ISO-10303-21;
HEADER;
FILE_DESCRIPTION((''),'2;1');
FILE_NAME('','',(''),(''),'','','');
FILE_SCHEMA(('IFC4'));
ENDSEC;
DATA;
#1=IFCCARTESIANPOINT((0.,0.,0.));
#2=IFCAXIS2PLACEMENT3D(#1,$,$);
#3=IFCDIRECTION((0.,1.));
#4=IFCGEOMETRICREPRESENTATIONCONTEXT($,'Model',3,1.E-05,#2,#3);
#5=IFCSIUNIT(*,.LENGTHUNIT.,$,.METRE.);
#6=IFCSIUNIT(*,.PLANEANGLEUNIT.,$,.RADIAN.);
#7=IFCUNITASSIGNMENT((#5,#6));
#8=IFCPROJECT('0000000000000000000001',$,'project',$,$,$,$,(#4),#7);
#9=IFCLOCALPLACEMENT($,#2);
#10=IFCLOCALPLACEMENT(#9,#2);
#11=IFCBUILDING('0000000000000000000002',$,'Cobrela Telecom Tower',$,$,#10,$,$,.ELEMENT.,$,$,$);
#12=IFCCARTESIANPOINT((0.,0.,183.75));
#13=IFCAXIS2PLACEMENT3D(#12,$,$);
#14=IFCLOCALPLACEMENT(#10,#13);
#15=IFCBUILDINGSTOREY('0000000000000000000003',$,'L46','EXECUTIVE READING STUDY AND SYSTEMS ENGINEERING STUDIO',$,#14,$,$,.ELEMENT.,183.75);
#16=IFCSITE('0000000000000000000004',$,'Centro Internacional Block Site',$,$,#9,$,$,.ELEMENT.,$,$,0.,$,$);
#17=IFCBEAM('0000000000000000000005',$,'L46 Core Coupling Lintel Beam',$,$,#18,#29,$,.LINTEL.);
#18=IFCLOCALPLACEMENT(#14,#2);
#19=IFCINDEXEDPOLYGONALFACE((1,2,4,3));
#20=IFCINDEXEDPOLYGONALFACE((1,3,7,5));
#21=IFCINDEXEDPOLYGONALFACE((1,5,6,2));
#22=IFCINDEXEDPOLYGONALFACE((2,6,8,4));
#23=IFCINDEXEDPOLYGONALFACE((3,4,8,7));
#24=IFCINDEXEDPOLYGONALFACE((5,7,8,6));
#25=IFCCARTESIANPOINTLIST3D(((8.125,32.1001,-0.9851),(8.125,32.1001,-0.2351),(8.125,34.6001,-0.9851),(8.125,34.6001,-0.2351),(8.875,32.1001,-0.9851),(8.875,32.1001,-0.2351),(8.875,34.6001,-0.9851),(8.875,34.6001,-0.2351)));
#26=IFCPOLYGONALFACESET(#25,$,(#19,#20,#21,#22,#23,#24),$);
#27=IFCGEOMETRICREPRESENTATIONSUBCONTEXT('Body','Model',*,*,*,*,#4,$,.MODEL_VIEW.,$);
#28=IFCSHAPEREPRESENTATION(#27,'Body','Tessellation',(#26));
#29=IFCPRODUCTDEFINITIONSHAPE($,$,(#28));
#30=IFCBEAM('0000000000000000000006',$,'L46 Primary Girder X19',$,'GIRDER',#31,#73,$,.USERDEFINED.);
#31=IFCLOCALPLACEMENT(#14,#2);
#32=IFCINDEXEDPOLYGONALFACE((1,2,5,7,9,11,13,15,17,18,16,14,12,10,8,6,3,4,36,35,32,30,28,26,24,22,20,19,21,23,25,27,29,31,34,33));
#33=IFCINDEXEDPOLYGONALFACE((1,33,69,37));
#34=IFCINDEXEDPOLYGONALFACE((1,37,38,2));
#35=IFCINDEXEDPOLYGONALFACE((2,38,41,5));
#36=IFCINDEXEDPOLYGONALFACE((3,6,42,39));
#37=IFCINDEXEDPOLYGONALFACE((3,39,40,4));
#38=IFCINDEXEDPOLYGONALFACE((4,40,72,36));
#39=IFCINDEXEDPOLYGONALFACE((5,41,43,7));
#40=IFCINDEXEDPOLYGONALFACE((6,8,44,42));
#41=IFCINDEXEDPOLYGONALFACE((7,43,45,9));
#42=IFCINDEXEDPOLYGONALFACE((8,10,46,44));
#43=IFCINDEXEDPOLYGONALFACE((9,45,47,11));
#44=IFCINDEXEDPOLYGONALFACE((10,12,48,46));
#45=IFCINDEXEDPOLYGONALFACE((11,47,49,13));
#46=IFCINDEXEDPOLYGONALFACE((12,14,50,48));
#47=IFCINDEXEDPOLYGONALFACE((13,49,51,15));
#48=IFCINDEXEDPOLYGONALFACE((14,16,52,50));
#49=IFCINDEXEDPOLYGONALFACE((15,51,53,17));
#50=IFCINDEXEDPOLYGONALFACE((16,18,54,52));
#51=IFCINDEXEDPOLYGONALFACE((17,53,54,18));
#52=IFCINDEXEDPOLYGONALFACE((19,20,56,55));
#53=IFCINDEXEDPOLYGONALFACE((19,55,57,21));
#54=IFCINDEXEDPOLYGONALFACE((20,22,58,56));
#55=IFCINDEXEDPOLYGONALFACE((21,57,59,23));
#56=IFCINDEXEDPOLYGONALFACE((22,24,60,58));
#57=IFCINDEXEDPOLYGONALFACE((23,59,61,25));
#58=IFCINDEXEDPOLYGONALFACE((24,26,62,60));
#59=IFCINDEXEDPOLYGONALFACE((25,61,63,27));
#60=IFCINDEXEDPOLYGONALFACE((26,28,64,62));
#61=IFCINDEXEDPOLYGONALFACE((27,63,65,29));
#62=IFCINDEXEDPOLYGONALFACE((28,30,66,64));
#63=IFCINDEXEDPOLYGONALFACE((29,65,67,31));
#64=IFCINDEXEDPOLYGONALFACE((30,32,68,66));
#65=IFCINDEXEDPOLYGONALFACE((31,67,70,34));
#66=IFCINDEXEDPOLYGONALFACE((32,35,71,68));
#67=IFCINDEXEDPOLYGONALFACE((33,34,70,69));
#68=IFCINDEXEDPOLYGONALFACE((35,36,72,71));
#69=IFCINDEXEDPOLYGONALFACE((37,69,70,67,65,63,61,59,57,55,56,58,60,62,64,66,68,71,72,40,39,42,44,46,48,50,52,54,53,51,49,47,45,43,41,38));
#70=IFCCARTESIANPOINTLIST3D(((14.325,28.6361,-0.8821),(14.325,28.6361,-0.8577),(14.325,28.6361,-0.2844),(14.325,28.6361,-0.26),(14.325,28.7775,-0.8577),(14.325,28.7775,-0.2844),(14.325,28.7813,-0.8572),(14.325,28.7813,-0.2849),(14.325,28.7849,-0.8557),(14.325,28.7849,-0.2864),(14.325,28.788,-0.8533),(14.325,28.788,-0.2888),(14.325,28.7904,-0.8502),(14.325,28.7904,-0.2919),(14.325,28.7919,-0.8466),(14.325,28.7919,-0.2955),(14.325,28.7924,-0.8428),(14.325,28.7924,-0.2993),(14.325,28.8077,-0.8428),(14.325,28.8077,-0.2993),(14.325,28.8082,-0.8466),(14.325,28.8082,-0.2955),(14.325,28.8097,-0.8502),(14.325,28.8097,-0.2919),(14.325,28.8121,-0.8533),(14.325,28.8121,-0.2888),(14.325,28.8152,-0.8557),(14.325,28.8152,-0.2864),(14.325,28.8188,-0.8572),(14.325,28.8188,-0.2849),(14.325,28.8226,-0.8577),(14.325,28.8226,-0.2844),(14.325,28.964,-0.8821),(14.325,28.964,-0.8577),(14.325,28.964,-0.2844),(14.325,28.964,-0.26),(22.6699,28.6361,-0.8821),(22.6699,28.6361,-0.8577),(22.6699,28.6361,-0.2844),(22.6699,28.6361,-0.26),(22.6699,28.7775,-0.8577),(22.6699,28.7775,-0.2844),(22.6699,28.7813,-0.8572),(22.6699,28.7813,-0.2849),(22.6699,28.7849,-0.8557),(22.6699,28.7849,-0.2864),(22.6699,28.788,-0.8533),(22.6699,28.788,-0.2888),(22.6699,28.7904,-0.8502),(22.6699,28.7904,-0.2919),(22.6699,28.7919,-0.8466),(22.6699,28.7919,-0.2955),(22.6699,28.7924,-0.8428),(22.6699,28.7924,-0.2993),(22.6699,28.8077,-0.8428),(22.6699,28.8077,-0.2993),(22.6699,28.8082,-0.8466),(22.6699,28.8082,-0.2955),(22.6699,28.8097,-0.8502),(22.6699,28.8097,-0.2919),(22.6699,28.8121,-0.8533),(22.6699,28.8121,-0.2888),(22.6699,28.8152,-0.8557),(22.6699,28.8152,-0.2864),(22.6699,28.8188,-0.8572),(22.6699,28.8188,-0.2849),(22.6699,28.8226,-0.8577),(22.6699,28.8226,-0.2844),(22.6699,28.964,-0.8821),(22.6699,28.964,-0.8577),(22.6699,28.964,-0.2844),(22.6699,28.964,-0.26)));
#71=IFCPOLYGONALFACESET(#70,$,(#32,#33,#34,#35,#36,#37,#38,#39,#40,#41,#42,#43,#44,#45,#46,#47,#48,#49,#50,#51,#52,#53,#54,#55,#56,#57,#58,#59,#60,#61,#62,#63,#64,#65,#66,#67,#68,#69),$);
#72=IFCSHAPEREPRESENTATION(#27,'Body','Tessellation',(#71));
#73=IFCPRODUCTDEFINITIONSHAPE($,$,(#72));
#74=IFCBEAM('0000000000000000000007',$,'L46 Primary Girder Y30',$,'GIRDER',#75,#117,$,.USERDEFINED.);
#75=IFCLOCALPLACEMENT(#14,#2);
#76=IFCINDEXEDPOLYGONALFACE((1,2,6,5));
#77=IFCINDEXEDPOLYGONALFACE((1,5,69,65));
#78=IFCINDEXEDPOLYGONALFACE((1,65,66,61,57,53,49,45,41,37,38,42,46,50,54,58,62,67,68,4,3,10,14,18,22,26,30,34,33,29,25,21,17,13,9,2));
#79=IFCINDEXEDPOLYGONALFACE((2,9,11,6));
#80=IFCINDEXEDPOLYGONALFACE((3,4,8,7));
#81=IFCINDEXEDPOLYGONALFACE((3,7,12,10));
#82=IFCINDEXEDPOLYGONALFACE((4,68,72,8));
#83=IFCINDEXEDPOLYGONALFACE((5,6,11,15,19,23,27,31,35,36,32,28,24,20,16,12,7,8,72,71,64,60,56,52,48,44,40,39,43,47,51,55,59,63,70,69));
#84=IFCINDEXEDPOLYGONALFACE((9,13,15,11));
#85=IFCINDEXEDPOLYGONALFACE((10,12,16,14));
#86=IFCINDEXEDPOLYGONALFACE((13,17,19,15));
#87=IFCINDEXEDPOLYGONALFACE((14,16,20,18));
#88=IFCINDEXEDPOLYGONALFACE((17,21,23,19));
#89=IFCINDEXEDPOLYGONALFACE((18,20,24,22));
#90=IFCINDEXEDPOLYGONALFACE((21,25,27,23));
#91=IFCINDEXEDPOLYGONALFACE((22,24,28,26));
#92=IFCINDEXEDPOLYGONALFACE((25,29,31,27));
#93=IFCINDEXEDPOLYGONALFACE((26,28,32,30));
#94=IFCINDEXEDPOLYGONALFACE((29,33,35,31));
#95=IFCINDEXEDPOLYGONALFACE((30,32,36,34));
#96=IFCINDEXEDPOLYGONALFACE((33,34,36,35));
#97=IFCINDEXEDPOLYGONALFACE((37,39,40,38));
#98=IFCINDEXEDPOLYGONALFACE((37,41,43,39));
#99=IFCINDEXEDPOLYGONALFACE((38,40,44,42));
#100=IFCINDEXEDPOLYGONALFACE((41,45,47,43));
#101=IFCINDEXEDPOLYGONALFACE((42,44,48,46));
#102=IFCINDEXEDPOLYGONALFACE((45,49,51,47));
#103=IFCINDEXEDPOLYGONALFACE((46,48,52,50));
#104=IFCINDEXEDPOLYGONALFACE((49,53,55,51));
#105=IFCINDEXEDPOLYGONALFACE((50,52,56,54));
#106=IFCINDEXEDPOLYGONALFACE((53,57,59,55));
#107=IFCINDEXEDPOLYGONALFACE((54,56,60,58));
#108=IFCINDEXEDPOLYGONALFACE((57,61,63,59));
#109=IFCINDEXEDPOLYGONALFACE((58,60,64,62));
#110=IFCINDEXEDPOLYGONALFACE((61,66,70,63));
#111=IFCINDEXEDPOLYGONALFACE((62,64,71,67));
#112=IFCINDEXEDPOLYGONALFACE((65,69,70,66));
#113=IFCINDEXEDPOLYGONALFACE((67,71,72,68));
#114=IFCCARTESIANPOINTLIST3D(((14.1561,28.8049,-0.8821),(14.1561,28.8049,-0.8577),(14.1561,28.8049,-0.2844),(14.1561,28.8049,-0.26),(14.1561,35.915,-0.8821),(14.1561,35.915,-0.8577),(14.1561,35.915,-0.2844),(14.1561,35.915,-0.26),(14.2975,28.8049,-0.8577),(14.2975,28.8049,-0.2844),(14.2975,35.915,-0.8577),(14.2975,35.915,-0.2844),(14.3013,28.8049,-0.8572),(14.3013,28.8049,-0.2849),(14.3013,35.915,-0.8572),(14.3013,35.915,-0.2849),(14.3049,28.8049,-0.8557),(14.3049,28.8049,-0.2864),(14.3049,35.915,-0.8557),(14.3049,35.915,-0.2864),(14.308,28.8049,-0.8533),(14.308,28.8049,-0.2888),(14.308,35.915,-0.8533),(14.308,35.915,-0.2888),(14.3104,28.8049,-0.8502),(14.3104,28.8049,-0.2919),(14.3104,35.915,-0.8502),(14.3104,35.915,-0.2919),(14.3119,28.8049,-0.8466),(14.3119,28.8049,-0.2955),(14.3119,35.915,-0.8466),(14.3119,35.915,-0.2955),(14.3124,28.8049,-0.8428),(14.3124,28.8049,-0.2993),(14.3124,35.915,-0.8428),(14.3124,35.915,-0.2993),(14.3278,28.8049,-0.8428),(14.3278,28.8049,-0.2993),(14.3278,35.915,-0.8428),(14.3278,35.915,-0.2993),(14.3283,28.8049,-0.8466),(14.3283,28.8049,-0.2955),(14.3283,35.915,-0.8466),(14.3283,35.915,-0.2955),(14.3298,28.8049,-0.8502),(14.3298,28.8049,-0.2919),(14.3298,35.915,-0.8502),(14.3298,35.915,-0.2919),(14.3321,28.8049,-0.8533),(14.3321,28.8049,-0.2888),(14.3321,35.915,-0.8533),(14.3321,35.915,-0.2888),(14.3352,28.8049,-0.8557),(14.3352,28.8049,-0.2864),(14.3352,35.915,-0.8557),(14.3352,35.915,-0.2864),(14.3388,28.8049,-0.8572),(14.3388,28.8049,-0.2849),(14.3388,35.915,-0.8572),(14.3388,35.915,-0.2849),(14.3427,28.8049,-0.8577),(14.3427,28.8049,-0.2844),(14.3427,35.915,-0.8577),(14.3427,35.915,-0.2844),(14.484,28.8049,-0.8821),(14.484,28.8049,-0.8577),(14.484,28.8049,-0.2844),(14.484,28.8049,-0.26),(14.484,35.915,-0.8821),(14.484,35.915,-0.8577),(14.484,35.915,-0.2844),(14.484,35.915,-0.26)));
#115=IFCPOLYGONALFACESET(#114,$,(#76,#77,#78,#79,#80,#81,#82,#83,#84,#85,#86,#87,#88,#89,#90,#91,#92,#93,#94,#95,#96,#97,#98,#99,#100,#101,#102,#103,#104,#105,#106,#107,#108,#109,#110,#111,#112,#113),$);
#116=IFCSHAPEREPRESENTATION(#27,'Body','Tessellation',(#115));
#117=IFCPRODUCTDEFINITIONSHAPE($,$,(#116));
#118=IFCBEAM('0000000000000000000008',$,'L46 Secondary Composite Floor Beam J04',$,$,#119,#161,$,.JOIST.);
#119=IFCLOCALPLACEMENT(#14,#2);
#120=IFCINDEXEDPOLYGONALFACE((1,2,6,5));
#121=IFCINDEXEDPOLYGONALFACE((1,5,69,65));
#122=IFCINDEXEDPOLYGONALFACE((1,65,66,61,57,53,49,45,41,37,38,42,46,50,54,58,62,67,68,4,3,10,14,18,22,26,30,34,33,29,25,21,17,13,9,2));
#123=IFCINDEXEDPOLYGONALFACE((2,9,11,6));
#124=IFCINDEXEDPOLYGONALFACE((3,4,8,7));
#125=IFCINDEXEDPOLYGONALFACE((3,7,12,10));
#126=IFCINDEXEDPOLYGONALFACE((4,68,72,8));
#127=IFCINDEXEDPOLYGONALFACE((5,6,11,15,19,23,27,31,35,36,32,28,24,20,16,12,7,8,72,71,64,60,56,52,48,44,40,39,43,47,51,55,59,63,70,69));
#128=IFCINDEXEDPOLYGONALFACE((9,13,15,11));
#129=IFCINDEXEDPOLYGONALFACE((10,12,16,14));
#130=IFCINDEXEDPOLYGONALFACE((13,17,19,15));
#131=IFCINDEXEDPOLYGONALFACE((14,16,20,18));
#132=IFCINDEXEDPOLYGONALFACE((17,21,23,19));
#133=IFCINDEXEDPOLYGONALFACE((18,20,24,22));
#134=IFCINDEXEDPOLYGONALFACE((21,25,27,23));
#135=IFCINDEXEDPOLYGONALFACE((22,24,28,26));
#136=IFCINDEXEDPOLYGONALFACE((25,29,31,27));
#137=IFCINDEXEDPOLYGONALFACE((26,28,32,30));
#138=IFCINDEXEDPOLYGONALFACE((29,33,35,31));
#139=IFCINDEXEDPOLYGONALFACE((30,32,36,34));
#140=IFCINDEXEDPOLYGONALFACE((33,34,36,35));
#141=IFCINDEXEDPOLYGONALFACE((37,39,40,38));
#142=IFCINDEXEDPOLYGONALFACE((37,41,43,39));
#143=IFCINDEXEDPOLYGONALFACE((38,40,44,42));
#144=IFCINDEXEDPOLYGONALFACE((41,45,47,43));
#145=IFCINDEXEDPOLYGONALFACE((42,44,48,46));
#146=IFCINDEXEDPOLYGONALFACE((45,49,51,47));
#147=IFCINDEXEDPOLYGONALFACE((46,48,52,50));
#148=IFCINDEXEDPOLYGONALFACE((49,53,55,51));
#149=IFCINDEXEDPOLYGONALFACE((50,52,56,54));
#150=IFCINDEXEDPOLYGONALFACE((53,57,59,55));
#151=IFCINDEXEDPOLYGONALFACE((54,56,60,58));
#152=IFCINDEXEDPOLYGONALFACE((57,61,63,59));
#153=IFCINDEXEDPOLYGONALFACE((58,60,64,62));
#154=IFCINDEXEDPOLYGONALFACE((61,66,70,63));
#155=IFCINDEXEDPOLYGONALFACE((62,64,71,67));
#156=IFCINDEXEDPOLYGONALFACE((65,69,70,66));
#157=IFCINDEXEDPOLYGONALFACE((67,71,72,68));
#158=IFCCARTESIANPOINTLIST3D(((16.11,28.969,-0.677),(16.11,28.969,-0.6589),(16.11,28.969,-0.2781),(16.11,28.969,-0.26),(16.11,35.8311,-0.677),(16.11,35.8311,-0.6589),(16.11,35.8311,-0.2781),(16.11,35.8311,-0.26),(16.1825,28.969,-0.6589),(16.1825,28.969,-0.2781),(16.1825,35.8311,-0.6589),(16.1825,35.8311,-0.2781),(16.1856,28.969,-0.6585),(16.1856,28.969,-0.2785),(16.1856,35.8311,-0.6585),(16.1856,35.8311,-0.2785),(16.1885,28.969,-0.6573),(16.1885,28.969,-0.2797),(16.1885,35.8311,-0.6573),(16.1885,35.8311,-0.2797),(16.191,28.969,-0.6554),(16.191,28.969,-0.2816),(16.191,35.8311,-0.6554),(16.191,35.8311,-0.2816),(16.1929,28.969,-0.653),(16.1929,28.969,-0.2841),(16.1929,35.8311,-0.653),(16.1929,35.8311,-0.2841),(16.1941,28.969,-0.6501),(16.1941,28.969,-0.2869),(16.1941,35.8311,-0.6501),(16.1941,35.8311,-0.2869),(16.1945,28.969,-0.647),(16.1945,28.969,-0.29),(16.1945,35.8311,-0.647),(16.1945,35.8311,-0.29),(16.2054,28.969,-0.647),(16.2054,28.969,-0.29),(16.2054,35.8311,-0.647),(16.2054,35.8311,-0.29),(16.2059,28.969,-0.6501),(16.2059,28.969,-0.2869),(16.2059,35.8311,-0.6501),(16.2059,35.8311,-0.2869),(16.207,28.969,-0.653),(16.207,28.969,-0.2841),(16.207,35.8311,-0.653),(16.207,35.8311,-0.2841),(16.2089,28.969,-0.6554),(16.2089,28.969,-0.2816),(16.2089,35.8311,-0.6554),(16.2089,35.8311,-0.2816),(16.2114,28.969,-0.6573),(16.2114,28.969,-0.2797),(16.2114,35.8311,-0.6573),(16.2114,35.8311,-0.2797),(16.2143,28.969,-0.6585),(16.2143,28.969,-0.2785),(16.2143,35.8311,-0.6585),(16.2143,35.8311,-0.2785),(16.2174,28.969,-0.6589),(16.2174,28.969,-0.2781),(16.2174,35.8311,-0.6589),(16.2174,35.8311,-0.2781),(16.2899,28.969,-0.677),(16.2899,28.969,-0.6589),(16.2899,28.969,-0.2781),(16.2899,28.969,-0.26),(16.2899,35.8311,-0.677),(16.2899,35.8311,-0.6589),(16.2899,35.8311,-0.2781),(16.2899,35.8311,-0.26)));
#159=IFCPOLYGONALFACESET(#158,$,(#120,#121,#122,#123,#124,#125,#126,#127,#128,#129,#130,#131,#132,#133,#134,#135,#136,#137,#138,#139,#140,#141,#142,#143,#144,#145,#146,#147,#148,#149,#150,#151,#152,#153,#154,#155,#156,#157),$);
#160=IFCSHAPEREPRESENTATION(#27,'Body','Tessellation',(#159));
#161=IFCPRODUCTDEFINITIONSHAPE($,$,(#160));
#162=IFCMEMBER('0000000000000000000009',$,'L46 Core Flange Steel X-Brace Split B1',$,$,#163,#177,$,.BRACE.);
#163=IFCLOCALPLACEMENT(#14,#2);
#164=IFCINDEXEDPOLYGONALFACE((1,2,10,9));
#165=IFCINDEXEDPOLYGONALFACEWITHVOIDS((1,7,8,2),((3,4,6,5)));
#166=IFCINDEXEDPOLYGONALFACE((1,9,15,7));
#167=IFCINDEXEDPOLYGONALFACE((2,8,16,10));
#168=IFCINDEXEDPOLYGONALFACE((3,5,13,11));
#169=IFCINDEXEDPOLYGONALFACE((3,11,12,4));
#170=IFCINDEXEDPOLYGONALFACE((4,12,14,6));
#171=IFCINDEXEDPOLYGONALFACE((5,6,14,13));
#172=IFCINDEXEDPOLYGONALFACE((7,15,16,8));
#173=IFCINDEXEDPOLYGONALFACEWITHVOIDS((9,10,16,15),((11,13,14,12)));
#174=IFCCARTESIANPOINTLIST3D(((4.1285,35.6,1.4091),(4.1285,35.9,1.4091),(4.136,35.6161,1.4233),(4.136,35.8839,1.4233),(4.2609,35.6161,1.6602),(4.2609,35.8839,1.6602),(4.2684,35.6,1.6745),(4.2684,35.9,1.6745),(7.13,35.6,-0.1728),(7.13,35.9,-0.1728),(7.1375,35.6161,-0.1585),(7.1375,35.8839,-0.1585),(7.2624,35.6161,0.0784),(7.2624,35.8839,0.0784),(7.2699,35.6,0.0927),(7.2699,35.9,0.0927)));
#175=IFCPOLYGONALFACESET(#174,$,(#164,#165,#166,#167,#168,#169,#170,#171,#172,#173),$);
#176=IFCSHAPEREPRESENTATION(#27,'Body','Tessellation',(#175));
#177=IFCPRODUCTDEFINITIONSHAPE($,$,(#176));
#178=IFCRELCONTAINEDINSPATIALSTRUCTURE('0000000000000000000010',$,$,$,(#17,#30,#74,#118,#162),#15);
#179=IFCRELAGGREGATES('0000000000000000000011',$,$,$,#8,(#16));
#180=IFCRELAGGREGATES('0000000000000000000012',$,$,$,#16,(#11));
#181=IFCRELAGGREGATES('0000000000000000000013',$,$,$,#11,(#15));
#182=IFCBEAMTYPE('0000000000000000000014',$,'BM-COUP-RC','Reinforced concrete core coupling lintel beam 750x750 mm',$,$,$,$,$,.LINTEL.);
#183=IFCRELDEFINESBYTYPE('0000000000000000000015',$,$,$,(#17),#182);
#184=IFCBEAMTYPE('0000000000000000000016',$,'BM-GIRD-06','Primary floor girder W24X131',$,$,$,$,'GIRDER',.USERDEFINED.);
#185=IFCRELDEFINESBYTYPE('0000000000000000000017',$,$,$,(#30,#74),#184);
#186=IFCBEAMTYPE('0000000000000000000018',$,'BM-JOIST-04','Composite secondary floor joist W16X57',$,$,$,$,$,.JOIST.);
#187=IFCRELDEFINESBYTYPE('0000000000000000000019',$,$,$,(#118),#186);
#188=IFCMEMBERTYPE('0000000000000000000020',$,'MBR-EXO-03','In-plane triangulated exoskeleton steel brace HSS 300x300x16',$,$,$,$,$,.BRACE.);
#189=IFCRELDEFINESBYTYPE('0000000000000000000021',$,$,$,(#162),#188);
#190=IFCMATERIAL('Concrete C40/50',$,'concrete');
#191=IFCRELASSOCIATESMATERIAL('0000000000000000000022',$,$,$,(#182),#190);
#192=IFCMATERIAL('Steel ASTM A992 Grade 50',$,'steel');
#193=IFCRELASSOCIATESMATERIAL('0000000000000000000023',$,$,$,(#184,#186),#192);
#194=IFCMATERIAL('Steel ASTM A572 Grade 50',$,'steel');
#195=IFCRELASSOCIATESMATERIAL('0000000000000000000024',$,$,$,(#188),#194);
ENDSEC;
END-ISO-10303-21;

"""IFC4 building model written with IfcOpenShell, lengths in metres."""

from ifc_helpers import new_model, si_unit, direction, frame, origin, origin_2d, place, context, subcontext, project, spatial, rectangle, hollow_rectangle, i_section, extrude, material, material_profile, profile_set, type_object, element, save


model = new_model("IFC4")

# Units and contexts
model_context = context("Model", 3, precision=1e-05, world=origin(), true_north=direction((0.0, 1.0)))
body_context = subcontext(model_context, "Body", "Model", "MODEL_VIEW")
ifc_project = project(units=[si_unit("LENGTHUNIT", "METRE"), si_unit("PLANEANGLEUNIT", "RADIAN")], contexts=[model_context])

# Site, building, storey
site_placement = place(None, origin())
site = spatial("IfcSite", under=ifc_project, at=site_placement, Name="Centro Internacional Block Site", CompositionType="ELEMENT", RefElevation=0.0)
building_placement = place(site_placement, origin())
building = spatial("IfcBuilding", under=site, at=building_placement, Name="Cobrela Telecom Tower", CompositionType="ELEMENT")
storey_placement = place(building_placement, frame((0.0, 0.0, 183.75)))
storey = spatial("IfcBuildingStorey", under=building, at=storey_placement, Name="L46", Description="EXECUTIVE READING STUDY AND SYSTEMS ENGINEERING STUDIO", CompositionType="ELEMENT", Elevation=183.75)

# Beams
ifc_material_1 = material(Name="Concrete C40/50", Category="concrete")
ifc_material_profile_1 = material_profile(ifc_material_1, rectangle(XDim=0.75, YDim=0.75, at=origin_2d()), Name="RC 750x750")
ifc_profile_set_1 = profile_set([ifc_material_profile_1], Name="Concrete C40/50")
beam_type_1 = type_object("IfcBeamType", Name="BM-COUP-RC", Description="Reinforced concrete core coupling lintel beam 750x750 mm", PredefinedType="LINTEL", material=ifc_profile_set_1)
beam_1_placement = place(storey_placement, frame((8.5, 32.1001, -0.6101), z_axis=(0.0, 1.0, 0.0), x_axis=(-1.0, 0.0, 0.0)))
element("IfcBeam", 1, at=beam_1_placement, inside=storey, type_object=beam_type_1, Name="L46 Core Coupling Lintel Beam", PredefinedType="LINTEL", context=body_context, shape_type="SweptSolid", body=[
    extrude(rectangle(XDim=0.75, YDim=0.75, at=origin_2d()), origin(), (0.0, 0.0, 1.0), 2.5),
])
ifc_material_2 = material(Name="Steel ASTM A992 Grade 50", Category="steel")
ifc_material_profile_2 = material_profile(ifc_material_2, i_section(OverallWidth=0.3279, OverallDepth=0.6221, WebThickness=0.0154, FlangeThickness=0.0244, FilletRadius=0.0149, at=origin_2d()), Name="W24X131")
ifc_profile_set_2 = profile_set([ifc_material_profile_2], Name="Steel ASTM A992 Grade 50")
beam_type_2 = type_object("IfcBeamType", Name="BM-GIRD-06", Description="Primary floor girder W24X131", ElementType="GIRDER", PredefinedType="USERDEFINED", material=ifc_profile_set_2)
beam_2_placement = place(storey_placement, frame((14.325, 28.8, -0.571), z_axis=(1.0, 0.0, 0.0), x_axis=(0.0, 1.0, 0.0)))
element("IfcBeam", 2, at=beam_2_placement, inside=storey, type_object=beam_type_2, Name="L46 Primary Girder X19", ObjectType="GIRDER", PredefinedType="USERDEFINED", context=body_context, shape_type="SweptSolid", body=[
    extrude(i_section(OverallWidth=0.3279, OverallDepth=0.6221, WebThickness=0.0154, FlangeThickness=0.0244, FilletRadius=0.0149, at=origin_2d()), origin(), (0.0, 0.0, 1.0), 8.345),
])
beam_3_placement = place(storey_placement, frame((14.3201, 28.8049, -0.571), z_axis=(0.0, 1.0, 0.0), x_axis=(-1.0, 0.0, 0.0)))
element("IfcBeam", 3, at=beam_3_placement, inside=storey, type_object=beam_type_2, Name="L46 Primary Girder Y30", ObjectType="GIRDER", PredefinedType="USERDEFINED", context=body_context, shape_type="SweptSolid", body=[
    extrude(i_section(OverallWidth=0.3279, OverallDepth=0.6221, WebThickness=0.0154, FlangeThickness=0.0244, FilletRadius=0.0149, at=origin_2d()), origin(), (0.0, 0.0, 1.0), 7.1101),
])
ifc_material_profile_3 = material_profile(ifc_material_2, i_section(OverallWidth=0.1799, OverallDepth=0.417, WebThickness=0.011, FlangeThickness=0.0181, FilletRadius=0.012, at=origin_2d()), Name="W16X57")
ifc_profile_set_3 = profile_set([ifc_material_profile_3], Name="Steel ASTM A992 Grade 50")
beam_type_3 = type_object("IfcBeamType", Name="BM-JOIST-04", Description="Composite secondary floor joist W16X57", PredefinedType="JOIST", material=ifc_profile_set_3)
beam_4_placement = place(storey_placement, frame((16.2, 28.969, -0.4685), z_axis=(0.0, 1.0, 0.0), x_axis=(-1.0, 0.0, 0.0)))
element("IfcBeam", 4, at=beam_4_placement, inside=storey, type_object=beam_type_3, Name="L46 Secondary Composite Floor Beam J04", PredefinedType="JOIST", context=body_context, shape_type="SweptSolid", body=[
    extrude(i_section(OverallWidth=0.1799, OverallDepth=0.417, WebThickness=0.011, FlangeThickness=0.0181, FilletRadius=0.012, at=origin_2d()), origin(), (0.0, 0.0, 1.0), 6.8621),
])

# Member
ifc_material_3 = material(Name="Steel ASTM A572 Grade 50", Category="steel")
ifc_material_profile_4 = material_profile(ifc_material_3, hollow_rectangle(XDim=0.3, YDim=0.3, WallThickness=0.0161, at=origin_2d()), Name="HSS 300x300x16")
ifc_profile_set_4 = profile_set([ifc_material_profile_4], Name="Steel ASTM A572 Grade 50")
member_type = type_object("IfcMemberType", Name="MBR-EXO-03", Description="In-plane triangulated exoskeleton steel brace HSS 300x300x16", PredefinedType="BRACE", material=ifc_profile_set_4)
member_1_placement = place(storey_placement, frame((7.2, 35.75, -0.04), z_axis=(-0.884667, 0.0, 0.466224), x_axis=(0.0, -1.0, 0.0)))
element("IfcMember", 5, at=member_1_placement, inside=storey, type_object=member_type, Name="L46 Core Flange Steel X-Brace Split B1", PredefinedType="BRACE", context=body_context, shape_type="SweptSolid", body=[
    extrude(hollow_rectangle(XDim=0.3, YDim=0.3, WallThickness=0.0161, at=origin_2d()), origin(), (0.0, 0.0, 1.0), 3.3928),
])

save(model, "model.ifc")
